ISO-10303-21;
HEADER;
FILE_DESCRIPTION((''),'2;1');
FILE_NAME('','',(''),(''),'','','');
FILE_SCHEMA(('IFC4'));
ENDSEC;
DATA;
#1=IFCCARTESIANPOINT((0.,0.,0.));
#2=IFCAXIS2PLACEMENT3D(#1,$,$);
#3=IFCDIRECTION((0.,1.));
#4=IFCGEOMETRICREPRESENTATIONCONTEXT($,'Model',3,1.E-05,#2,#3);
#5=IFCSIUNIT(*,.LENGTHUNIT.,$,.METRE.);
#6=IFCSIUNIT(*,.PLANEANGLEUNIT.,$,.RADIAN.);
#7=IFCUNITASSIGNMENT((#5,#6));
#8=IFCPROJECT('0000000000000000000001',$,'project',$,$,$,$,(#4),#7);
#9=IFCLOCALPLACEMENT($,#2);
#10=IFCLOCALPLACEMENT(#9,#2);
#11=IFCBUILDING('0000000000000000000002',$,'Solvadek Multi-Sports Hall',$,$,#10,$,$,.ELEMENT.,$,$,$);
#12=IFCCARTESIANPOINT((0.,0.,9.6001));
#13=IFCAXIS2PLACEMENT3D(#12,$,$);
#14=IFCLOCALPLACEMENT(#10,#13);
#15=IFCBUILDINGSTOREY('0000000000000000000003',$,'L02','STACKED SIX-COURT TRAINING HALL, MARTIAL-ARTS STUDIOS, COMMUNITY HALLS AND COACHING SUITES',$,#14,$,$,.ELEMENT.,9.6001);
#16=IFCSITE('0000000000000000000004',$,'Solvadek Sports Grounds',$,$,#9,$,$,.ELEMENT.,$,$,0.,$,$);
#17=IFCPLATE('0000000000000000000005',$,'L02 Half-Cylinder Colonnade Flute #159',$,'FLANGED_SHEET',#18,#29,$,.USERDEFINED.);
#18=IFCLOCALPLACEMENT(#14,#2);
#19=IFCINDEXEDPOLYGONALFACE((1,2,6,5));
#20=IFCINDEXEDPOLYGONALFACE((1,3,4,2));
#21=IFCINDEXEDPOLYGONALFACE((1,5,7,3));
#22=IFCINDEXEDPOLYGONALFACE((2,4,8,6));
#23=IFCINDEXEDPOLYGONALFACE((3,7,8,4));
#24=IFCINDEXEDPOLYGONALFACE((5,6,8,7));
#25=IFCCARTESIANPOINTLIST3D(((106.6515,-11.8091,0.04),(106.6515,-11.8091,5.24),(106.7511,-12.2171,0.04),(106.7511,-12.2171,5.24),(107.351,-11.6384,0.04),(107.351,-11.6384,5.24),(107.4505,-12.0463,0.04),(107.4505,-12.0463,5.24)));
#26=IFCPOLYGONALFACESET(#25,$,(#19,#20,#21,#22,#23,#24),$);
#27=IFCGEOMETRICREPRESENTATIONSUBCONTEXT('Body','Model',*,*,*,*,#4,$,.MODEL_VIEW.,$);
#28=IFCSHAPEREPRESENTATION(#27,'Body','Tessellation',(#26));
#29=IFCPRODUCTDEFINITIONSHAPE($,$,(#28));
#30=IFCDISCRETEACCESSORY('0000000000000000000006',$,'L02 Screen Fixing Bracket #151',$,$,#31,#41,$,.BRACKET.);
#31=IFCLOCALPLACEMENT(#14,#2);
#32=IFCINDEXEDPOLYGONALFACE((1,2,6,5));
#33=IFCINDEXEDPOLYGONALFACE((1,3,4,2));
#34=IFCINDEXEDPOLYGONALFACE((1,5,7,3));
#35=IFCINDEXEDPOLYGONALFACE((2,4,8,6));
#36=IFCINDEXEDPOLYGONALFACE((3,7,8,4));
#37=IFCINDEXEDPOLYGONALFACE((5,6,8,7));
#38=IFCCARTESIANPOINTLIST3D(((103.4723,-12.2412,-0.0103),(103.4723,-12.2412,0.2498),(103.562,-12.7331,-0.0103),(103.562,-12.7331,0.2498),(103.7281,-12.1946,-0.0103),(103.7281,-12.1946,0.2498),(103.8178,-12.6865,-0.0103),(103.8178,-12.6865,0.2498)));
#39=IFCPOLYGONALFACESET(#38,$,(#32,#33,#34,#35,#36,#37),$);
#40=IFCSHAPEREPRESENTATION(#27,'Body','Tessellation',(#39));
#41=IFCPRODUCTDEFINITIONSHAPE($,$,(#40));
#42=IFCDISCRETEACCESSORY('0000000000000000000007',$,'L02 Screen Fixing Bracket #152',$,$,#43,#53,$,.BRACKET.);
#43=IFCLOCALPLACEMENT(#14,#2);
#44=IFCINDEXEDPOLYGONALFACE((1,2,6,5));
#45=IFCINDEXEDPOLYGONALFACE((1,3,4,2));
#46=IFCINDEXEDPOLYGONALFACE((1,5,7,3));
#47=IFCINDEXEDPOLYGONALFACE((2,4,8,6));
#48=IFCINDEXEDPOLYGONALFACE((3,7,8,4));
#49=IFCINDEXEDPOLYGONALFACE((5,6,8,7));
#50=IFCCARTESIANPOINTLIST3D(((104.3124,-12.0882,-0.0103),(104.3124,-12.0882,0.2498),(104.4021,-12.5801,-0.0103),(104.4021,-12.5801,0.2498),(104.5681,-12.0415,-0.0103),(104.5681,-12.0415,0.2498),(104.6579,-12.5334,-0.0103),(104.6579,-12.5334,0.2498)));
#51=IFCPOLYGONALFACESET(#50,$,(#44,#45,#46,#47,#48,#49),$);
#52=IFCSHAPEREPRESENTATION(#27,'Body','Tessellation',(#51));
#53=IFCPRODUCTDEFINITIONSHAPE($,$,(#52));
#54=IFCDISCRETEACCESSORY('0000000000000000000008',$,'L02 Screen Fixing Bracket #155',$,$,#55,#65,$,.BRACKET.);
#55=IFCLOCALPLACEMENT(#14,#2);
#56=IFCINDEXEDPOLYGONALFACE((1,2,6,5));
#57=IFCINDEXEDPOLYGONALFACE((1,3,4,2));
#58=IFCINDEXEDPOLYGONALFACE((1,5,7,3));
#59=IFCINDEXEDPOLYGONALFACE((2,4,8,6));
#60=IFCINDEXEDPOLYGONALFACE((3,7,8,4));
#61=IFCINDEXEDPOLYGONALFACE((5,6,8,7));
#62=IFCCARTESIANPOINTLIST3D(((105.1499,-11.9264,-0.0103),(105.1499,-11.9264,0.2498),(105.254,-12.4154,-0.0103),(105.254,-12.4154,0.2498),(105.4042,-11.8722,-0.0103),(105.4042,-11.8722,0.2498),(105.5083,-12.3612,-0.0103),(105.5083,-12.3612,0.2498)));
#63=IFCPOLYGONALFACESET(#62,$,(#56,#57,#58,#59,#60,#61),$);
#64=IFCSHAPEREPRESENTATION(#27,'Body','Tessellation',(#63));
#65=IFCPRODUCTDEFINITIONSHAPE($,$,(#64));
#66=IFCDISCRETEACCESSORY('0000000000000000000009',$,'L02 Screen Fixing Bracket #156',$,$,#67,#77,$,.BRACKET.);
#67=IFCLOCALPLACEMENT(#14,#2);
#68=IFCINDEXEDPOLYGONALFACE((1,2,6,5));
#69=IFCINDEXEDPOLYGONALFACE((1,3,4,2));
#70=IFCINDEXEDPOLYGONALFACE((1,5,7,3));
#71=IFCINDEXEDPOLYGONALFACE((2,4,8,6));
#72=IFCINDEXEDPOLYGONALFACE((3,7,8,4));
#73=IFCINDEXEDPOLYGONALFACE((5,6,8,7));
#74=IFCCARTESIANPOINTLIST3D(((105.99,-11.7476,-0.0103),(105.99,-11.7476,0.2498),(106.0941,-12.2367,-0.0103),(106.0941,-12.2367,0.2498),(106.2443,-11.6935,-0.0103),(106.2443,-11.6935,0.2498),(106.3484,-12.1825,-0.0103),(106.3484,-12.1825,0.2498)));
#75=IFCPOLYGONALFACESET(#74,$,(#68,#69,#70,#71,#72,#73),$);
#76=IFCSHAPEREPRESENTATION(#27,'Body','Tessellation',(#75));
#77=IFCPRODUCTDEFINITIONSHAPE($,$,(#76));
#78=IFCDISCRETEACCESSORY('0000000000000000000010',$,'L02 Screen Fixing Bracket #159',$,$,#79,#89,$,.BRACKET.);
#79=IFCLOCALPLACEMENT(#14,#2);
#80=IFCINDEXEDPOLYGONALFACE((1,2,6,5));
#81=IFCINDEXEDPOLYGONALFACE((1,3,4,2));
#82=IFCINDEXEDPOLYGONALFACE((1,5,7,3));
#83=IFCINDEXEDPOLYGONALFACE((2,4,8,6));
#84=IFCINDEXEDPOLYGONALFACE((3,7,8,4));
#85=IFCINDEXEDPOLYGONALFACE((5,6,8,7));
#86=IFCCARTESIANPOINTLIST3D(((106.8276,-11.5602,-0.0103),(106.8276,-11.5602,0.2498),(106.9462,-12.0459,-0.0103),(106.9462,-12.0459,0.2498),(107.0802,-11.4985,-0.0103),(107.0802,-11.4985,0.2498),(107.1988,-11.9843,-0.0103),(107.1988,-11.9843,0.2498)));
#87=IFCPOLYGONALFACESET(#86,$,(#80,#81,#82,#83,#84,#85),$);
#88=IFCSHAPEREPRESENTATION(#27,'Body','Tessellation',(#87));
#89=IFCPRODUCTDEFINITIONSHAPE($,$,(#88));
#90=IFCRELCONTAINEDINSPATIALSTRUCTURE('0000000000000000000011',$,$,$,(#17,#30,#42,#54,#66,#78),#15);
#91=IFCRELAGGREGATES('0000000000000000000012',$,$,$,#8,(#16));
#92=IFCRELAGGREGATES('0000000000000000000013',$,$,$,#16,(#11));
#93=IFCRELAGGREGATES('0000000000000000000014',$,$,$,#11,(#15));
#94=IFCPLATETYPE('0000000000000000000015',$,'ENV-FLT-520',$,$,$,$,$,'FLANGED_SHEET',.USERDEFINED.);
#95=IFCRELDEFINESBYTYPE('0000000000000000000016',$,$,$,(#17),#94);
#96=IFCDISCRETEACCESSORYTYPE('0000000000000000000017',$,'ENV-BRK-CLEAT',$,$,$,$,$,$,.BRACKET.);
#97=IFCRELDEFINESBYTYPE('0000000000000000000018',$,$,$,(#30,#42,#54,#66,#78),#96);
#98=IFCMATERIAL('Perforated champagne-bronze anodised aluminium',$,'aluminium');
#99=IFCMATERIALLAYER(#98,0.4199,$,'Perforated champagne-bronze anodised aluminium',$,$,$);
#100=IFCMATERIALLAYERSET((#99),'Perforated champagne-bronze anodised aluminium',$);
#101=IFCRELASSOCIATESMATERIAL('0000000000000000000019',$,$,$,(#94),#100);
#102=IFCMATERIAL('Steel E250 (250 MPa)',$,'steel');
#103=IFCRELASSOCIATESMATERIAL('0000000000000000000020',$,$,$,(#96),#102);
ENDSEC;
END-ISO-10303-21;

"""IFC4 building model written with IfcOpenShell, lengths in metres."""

from ifc_helpers import new_model, si_unit, direction, frame, origin, origin_2d, place, context, subcontext, project, spatial, rectangle, extrude, material, layer, layer_set, type_object, element, save


model = new_model("IFC4")

# Units and contexts
model_context = context("Model", 3, precision=1e-05, world=origin(), true_north=direction((0.0, 1.0)))
body_context = subcontext(model_context, "Body", "Model", "MODEL_VIEW")
ifc_project = project(units=[si_unit("LENGTHUNIT", "METRE"), si_unit("PLANEANGLEUNIT", "RADIAN")], contexts=[model_context])

# Site, building, storey
site_placement = place(None, origin())
site = spatial("IfcSite", under=ifc_project, at=site_placement, Name="Solvadek Sports Grounds", CompositionType="ELEMENT", RefElevation=0.0)
building_placement = place(site_placement, origin())
building = spatial("IfcBuilding", under=site, at=building_placement, Name="Solvadek Multi-Sports Hall", CompositionType="ELEMENT")
storey_placement = place(building_placement, frame((0.0, 0.0, 9.6001)))
storey = spatial("IfcBuildingStorey", under=building, at=storey_placement, Name="L02", Description="STACKED SIX-COURT TRAINING HALL, MARTIAL-ARTS STUDIOS, COMMUNITY HALLS AND COACHING SUITES", CompositionType="ELEMENT", Elevation=9.6001)

# Shared definitions
ifc_material_1 = material(Name="Steel E250 (250 MPa)", Category="steel")

# Plate
ifc_material_2 = material(Name="Perforated champagne-bronze anodised aluminium", Category="aluminium")
ifc_layer_1 = layer(ifc_material_2, 0.4199, Name="Perforated champagne-bronze anodised aluminium")
ifc_layer_set_1 = layer_set([ifc_layer_1], Name="Perforated champagne-bronze anodised aluminium")
plate_type_1 = type_object("IfcPlateType", Name="ENV-FLT-520", ElementType="FLANGED_SHEET", PredefinedType="USERDEFINED", material=ifc_layer_set_1)
for number, where, z_axis, x_axis, name in (
    (1, (107.051, -11.9277, 0.04), (0.0, 0.0, 1.0), (0.971475, 0.237144, 0.0), "L02 Half-Cylinder Colonnade Flute #159"),
):
    element("IfcPlate", number, at=place(storey_placement, frame(where, z_axis=z_axis, x_axis=x_axis)), inside=storey, type_object=plate_type_1, Name=name, ObjectType="FLANGED_SHEET", PredefinedType="USERDEFINED", context=body_context, shape_type="SweptSolid", body=[
        extrude(rectangle(XDim=0.72, YDim=0.4199, at=origin_2d()), origin(), (0.0, 0.0, 1.0), 5.2),
    ])

# Discrete accessories
discrete_accessory_type = type_object("IfcDiscreteAccessoryType", Name="ENV-BRK-CLEAT", PredefinedType="BRACKET", material=ifc_material_1)
for number, where, z_axis, x_axis, name in (
    (2, (103.645, -12.4639, -0.0103), (0.0, 0.0, 1.0), (0.983772, 0.179421, 0.0), "L02 Screen Fixing Bracket #151"),
    (3, (104.4851, -12.3108, -0.0103), (0.0, 0.0, 1.0), (0.983772, 0.179421, 0.0), "L02 Screen Fixing Bracket #152"),
    (4, (105.3291, -12.1438, -0.0103), (0.0, 0.0, 1.0), (0.978076, 0.208249, 0.0), "L02 Screen Fixing Bracket #155"),
    (5, (106.1692, -11.9651, -0.0103), (0.0, 0.0, 1.0), (0.978076, 0.208249, 0.0), "L02 Screen Fixing Bracket #156"),
    (6, (107.0132, -11.7722, -0.0103), (0.0, 0.0, 1.0), (0.971475, 0.237144, 0.0), "L02 Screen Fixing Bracket #159"),
):
    element("IfcDiscreteAccessory", number, at=place(storey_placement, frame(where, z_axis=z_axis, x_axis=x_axis)), inside=storey, type_object=discrete_accessory_type, Name=name, PredefinedType="BRACKET", context=body_context, shape_type="SweptSolid", body=[
        extrude(rectangle(XDim=0.26, YDim=0.5, at=origin_2d()), origin(), (0.0, 0.0, 1.0), 0.26),
    ])

save(model, "model.ifc")
